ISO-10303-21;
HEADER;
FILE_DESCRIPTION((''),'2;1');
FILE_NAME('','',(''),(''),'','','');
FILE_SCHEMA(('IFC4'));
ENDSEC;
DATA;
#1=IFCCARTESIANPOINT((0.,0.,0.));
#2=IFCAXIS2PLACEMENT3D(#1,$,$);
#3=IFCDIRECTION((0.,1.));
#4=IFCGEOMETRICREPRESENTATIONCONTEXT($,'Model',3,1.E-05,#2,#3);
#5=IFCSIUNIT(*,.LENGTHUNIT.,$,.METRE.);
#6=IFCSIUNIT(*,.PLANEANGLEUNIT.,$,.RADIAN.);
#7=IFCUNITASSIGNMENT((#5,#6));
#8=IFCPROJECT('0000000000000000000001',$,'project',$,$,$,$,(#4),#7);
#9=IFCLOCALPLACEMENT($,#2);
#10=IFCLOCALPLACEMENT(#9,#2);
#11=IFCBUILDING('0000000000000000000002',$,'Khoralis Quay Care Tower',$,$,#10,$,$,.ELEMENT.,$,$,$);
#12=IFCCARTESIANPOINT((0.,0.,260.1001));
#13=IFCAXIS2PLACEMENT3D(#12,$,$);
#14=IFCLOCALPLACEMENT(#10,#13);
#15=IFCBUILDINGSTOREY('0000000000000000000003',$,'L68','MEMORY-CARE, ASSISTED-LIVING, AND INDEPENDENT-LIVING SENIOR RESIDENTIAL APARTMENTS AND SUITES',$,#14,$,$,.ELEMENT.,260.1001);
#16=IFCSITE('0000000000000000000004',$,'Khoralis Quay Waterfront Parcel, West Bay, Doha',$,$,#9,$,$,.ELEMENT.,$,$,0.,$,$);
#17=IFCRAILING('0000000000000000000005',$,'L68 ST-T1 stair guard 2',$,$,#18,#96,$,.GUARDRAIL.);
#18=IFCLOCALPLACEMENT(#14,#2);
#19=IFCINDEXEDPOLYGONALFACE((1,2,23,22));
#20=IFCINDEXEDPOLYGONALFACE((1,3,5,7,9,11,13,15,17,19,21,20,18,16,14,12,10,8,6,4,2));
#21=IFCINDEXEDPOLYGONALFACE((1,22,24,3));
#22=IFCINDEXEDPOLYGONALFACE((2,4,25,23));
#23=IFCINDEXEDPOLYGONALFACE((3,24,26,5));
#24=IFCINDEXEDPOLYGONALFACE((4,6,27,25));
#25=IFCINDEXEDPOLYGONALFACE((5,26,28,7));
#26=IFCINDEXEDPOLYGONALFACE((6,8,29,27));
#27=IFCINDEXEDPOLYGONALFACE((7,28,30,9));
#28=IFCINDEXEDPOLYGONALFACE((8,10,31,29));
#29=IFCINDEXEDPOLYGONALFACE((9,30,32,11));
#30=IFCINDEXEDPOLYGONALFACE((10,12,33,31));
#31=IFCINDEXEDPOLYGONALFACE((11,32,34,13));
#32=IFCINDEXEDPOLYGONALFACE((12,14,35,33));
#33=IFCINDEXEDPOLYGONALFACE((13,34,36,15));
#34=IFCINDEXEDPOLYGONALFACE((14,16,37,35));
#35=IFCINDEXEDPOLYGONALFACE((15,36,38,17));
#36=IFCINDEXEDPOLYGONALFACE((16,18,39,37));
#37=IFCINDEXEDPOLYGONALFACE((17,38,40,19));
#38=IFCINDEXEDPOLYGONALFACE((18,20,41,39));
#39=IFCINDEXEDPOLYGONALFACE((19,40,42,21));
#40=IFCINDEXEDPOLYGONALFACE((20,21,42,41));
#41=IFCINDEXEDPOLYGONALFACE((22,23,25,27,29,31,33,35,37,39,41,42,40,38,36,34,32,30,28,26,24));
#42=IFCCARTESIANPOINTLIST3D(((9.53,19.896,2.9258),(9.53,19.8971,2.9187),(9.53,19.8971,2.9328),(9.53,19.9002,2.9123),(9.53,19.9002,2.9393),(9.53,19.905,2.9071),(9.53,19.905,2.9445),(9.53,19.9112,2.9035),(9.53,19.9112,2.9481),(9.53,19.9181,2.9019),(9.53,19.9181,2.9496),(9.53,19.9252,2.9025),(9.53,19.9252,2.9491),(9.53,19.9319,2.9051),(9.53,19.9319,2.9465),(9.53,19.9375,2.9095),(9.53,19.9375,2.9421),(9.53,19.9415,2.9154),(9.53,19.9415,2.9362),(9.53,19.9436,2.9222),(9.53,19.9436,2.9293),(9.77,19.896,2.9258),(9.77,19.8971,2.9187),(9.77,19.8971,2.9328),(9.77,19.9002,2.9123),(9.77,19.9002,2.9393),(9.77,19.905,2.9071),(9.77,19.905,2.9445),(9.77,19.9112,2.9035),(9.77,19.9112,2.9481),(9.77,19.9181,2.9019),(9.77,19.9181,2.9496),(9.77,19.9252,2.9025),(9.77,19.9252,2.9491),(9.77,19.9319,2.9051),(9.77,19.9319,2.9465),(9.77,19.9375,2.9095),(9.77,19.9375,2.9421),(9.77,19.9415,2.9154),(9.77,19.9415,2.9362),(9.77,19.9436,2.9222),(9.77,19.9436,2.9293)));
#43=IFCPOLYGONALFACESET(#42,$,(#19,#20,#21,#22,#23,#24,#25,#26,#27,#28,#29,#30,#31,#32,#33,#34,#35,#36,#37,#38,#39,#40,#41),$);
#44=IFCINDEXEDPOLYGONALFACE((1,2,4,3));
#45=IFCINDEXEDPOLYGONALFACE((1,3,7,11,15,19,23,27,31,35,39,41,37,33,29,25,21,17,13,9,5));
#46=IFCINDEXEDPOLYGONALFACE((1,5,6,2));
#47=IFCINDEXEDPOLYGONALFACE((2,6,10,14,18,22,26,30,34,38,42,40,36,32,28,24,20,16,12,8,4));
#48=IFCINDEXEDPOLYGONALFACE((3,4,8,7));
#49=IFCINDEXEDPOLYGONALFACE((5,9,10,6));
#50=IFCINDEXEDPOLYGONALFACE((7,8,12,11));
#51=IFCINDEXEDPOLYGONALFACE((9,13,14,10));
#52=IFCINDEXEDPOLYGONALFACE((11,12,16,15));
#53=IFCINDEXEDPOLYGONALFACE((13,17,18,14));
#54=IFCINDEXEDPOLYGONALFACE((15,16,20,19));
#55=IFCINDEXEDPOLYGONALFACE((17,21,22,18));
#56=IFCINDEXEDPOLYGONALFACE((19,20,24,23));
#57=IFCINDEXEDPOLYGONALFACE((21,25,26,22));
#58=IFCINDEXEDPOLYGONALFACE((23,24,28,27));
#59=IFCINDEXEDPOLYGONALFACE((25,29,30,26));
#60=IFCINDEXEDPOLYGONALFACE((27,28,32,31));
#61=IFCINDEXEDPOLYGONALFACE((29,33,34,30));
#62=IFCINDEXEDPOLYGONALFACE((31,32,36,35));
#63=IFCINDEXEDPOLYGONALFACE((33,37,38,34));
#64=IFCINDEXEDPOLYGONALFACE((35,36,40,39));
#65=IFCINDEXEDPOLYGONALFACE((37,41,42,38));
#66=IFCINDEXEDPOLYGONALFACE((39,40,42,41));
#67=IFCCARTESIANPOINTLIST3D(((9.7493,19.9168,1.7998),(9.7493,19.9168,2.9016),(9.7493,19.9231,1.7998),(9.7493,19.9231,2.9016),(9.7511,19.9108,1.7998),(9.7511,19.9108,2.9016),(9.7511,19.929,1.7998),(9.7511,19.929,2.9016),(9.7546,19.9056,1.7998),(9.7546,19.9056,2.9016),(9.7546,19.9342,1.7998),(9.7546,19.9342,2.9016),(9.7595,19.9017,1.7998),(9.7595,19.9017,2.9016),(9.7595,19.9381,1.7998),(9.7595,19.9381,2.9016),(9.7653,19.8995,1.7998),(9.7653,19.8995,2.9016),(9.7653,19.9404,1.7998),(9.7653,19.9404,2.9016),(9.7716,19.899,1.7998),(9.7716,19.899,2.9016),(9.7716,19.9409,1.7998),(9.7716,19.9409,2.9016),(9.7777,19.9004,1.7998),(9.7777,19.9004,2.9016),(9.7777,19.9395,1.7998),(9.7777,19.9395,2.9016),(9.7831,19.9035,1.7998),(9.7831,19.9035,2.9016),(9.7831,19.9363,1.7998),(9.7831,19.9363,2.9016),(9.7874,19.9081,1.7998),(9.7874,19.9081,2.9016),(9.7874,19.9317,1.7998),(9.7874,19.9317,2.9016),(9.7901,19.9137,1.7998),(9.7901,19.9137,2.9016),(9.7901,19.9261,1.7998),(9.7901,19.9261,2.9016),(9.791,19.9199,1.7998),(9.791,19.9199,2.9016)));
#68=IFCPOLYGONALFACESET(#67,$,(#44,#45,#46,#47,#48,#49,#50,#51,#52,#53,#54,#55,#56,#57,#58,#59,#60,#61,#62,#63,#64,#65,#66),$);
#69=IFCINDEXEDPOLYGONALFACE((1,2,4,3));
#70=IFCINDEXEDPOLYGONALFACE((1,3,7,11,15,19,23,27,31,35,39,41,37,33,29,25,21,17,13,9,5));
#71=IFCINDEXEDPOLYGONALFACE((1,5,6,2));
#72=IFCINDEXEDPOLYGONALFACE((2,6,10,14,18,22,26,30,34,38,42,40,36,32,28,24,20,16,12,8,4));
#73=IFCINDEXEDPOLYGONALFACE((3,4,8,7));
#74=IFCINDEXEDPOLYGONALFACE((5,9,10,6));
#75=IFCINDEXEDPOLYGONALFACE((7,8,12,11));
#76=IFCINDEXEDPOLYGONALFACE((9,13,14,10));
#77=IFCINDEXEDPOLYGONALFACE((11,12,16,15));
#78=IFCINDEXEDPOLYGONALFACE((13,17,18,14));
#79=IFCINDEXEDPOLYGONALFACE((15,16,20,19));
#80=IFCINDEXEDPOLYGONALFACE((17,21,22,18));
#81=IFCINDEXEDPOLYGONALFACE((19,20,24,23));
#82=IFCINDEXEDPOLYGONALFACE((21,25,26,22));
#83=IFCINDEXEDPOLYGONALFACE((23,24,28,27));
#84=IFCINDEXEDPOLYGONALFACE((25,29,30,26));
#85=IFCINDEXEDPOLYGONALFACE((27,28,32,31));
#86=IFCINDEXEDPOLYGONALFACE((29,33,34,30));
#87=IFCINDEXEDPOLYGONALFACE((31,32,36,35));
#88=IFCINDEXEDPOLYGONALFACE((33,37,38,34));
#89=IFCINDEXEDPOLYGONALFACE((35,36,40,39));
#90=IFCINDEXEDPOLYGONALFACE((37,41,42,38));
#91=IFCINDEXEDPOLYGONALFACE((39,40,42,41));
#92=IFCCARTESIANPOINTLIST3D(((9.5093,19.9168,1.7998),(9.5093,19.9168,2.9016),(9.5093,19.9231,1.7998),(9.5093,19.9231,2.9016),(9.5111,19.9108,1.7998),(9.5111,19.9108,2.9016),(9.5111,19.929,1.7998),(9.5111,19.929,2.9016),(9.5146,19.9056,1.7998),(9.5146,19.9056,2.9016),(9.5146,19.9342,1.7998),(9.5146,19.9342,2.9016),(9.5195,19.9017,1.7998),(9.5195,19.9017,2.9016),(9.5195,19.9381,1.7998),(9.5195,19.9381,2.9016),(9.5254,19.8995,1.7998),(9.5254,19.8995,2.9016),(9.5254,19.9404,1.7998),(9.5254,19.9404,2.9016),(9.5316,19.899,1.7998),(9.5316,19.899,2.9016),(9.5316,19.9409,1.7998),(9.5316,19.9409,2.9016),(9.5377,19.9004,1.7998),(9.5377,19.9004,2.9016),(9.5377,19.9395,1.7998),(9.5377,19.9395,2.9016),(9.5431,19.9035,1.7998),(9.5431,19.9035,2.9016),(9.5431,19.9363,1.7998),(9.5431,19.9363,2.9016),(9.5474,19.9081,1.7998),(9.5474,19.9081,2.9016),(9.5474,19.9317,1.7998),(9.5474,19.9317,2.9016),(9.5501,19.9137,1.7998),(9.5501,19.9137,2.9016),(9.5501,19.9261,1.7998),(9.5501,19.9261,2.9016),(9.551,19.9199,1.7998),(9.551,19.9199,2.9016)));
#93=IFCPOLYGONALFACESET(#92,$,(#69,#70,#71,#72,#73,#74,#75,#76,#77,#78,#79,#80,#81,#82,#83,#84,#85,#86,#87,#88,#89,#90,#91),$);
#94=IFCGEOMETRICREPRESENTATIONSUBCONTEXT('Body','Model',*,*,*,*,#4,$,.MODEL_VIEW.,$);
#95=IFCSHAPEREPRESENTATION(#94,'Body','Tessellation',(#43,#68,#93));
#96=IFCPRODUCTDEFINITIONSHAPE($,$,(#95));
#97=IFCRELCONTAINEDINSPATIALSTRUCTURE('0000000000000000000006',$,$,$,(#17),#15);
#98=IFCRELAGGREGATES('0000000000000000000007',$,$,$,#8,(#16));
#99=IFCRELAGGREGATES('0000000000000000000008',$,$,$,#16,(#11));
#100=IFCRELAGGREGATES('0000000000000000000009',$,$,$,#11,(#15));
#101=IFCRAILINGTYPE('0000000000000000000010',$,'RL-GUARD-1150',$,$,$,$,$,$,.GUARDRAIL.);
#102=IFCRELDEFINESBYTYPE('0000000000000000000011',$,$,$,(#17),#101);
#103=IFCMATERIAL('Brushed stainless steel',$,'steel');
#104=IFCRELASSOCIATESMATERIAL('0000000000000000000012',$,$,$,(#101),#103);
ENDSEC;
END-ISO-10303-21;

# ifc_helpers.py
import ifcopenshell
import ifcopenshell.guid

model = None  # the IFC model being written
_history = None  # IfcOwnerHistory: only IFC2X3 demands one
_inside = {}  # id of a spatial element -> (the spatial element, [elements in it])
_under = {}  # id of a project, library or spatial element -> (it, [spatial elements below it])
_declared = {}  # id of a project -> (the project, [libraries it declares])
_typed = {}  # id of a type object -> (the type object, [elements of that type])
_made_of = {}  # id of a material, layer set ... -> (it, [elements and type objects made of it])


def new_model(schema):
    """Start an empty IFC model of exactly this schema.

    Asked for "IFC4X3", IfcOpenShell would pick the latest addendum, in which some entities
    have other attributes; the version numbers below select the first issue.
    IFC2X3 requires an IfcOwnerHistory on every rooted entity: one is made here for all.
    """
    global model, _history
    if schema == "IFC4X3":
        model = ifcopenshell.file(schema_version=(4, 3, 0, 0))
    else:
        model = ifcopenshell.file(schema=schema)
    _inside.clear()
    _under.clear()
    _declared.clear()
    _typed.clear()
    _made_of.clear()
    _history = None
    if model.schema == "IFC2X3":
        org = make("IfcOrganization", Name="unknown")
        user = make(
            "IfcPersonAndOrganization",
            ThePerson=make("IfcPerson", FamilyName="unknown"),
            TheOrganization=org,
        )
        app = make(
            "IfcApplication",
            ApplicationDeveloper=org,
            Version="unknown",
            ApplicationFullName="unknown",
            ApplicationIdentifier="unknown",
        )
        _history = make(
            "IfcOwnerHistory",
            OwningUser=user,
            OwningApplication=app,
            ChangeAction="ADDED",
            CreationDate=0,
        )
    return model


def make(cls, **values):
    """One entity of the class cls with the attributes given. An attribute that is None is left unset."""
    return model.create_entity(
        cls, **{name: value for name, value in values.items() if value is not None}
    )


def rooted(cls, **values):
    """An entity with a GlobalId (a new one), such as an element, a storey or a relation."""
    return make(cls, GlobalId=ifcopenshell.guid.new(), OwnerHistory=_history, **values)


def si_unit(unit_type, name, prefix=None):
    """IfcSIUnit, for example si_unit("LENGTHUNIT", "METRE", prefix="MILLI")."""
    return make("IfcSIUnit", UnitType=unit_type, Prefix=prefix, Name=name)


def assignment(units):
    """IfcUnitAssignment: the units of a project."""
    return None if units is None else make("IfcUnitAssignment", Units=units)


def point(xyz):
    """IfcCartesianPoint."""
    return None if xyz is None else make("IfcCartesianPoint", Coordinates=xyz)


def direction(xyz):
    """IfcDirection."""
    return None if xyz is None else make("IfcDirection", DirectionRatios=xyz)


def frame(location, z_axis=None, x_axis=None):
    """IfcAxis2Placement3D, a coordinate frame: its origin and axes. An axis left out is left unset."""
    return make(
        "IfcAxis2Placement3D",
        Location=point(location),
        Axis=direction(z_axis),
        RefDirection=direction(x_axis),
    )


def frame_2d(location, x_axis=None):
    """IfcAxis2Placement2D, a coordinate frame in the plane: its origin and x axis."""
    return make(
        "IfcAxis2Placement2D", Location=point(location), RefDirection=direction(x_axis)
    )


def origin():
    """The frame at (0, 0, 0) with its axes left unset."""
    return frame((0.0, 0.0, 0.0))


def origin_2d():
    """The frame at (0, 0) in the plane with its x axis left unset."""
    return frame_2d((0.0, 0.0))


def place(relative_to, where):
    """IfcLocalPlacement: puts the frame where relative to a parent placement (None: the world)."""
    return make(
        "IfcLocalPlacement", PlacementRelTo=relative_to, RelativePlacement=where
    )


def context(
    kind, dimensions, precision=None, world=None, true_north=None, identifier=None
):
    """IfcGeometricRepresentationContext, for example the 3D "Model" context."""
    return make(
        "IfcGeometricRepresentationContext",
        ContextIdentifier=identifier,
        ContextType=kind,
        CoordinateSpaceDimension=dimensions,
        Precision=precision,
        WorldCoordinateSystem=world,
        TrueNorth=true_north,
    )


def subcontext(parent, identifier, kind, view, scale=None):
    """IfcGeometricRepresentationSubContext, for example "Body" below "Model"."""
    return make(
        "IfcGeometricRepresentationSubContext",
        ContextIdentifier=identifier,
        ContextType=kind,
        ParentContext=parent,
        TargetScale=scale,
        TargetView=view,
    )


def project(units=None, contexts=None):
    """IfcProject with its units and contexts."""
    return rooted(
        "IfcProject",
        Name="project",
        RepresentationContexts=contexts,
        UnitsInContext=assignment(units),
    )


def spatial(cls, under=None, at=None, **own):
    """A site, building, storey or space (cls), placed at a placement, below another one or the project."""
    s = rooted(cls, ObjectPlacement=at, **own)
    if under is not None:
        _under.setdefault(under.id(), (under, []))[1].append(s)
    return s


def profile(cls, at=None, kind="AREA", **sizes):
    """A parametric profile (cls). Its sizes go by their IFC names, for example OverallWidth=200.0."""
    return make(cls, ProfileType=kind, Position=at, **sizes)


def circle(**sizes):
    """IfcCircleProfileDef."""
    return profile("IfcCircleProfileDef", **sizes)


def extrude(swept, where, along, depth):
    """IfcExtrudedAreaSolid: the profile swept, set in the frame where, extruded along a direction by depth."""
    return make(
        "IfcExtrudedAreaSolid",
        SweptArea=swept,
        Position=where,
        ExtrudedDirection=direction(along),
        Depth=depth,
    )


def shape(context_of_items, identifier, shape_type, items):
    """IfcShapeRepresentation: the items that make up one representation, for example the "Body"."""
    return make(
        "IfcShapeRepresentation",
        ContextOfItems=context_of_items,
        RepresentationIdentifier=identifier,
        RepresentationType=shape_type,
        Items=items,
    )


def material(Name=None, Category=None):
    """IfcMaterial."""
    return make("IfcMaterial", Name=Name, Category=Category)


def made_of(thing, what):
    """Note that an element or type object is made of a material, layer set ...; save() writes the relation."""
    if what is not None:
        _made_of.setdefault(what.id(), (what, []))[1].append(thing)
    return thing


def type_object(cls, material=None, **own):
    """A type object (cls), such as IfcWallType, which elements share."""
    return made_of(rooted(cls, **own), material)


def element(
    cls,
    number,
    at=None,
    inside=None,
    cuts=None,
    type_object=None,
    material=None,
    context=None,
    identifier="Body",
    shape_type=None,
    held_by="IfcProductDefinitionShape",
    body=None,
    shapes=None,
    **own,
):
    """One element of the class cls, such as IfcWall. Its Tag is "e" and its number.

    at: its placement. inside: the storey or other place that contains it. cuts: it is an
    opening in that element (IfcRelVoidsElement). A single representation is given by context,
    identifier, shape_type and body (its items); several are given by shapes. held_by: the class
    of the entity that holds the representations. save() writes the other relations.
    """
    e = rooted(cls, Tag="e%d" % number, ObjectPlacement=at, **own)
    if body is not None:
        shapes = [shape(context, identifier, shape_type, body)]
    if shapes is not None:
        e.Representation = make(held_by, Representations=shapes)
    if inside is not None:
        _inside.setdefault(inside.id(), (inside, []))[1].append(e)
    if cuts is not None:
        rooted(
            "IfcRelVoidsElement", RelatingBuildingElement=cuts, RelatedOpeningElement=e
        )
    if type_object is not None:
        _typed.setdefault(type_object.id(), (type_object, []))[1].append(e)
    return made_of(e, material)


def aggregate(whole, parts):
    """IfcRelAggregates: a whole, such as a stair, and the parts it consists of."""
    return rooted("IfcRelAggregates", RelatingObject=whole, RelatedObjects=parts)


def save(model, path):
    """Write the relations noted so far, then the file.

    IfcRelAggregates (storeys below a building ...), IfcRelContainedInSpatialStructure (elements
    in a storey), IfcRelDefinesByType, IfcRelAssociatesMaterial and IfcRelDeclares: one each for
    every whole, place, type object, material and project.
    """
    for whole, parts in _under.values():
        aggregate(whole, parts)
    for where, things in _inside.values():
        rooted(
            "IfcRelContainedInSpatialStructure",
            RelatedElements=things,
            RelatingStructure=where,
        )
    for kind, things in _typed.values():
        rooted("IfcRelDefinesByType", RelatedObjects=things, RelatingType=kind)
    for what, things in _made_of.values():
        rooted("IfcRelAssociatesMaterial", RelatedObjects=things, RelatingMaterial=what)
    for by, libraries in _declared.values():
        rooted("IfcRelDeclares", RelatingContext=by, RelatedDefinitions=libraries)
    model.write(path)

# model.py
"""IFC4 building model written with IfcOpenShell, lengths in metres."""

from ifc_helpers import new_model, si_unit, direction, frame, origin, origin_2d, place, context, subcontext, project, spatial, circle, extrude, material, type_object, element, save


model = new_model("IFC4")

# Units and contexts
model_context = context("Model", 3, precision=1e-05, world=origin(), true_north=direction((0.0, 1.0)))
body_context = subcontext(model_context, "Body", "Model", "MODEL_VIEW")
ifc_project = project(units=[si_unit("LENGTHUNIT", "METRE"), si_unit("PLANEANGLEUNIT", "RADIAN")], contexts=[model_context])

# Site, building, storey
site_placement = place(None, origin())
site = spatial("IfcSite", under=ifc_project, at=site_placement, Name="Khoralis Quay Waterfront Parcel, West Bay, Doha", CompositionType="ELEMENT", RefElevation=0.0)
building_placement = place(site_placement, origin())
building = spatial("IfcBuilding", under=site, at=building_placement, Name="Khoralis Quay Care Tower", CompositionType="ELEMENT")
storey_placement = place(building_placement, frame((0.0, 0.0, 260.1001)))
storey = spatial("IfcBuildingStorey", under=building, at=storey_placement, Name="L68", Description="MEMORY-CARE, ASSISTED-LIVING, AND INDEPENDENT-LIVING SENIOR RESIDENTIAL APARTMENTS AND SUITES", CompositionType="ELEMENT", Elevation=260.1001)

# Railing
ifc_material_1 = material(Name="Brushed stainless steel", Category="steel")
railing_type_1 = type_object("IfcRailingType", Name="RL-GUARD-1150", PredefinedType="GUARDRAIL", material=ifc_material_1)
railing_1_placement = place(storey_placement, frame((9.77, 19.9199, 1.7998)))
element("IfcRailing", 1, at=railing_1_placement, inside=storey, type_object=railing_type_1, Name="L68 ST-T1 stair guard 2", PredefinedType="GUARDRAIL", context=body_context, shape_type="SweptSolid", body=[
    extrude(circle(Radius=0.0239, at=origin_2d()), frame((0.0, 0.0, 1.126), z_axis=(-1.0, 0.0, 0.0), x_axis=(0.0, -1.0, 0.0)), (0.0, 0.0, 1.0), 0.24),
    extrude(circle(Radius=0.021, at=origin_2d()), origin(), (0.0, 0.0, 1.0), 1.1018),
    extrude(circle(Radius=0.021, at=origin_2d()), frame((-0.24, 0.0, 0.0)), (0.0, 0.0, 1.0), 1.1018),
])

save(model, "model.ifc")
